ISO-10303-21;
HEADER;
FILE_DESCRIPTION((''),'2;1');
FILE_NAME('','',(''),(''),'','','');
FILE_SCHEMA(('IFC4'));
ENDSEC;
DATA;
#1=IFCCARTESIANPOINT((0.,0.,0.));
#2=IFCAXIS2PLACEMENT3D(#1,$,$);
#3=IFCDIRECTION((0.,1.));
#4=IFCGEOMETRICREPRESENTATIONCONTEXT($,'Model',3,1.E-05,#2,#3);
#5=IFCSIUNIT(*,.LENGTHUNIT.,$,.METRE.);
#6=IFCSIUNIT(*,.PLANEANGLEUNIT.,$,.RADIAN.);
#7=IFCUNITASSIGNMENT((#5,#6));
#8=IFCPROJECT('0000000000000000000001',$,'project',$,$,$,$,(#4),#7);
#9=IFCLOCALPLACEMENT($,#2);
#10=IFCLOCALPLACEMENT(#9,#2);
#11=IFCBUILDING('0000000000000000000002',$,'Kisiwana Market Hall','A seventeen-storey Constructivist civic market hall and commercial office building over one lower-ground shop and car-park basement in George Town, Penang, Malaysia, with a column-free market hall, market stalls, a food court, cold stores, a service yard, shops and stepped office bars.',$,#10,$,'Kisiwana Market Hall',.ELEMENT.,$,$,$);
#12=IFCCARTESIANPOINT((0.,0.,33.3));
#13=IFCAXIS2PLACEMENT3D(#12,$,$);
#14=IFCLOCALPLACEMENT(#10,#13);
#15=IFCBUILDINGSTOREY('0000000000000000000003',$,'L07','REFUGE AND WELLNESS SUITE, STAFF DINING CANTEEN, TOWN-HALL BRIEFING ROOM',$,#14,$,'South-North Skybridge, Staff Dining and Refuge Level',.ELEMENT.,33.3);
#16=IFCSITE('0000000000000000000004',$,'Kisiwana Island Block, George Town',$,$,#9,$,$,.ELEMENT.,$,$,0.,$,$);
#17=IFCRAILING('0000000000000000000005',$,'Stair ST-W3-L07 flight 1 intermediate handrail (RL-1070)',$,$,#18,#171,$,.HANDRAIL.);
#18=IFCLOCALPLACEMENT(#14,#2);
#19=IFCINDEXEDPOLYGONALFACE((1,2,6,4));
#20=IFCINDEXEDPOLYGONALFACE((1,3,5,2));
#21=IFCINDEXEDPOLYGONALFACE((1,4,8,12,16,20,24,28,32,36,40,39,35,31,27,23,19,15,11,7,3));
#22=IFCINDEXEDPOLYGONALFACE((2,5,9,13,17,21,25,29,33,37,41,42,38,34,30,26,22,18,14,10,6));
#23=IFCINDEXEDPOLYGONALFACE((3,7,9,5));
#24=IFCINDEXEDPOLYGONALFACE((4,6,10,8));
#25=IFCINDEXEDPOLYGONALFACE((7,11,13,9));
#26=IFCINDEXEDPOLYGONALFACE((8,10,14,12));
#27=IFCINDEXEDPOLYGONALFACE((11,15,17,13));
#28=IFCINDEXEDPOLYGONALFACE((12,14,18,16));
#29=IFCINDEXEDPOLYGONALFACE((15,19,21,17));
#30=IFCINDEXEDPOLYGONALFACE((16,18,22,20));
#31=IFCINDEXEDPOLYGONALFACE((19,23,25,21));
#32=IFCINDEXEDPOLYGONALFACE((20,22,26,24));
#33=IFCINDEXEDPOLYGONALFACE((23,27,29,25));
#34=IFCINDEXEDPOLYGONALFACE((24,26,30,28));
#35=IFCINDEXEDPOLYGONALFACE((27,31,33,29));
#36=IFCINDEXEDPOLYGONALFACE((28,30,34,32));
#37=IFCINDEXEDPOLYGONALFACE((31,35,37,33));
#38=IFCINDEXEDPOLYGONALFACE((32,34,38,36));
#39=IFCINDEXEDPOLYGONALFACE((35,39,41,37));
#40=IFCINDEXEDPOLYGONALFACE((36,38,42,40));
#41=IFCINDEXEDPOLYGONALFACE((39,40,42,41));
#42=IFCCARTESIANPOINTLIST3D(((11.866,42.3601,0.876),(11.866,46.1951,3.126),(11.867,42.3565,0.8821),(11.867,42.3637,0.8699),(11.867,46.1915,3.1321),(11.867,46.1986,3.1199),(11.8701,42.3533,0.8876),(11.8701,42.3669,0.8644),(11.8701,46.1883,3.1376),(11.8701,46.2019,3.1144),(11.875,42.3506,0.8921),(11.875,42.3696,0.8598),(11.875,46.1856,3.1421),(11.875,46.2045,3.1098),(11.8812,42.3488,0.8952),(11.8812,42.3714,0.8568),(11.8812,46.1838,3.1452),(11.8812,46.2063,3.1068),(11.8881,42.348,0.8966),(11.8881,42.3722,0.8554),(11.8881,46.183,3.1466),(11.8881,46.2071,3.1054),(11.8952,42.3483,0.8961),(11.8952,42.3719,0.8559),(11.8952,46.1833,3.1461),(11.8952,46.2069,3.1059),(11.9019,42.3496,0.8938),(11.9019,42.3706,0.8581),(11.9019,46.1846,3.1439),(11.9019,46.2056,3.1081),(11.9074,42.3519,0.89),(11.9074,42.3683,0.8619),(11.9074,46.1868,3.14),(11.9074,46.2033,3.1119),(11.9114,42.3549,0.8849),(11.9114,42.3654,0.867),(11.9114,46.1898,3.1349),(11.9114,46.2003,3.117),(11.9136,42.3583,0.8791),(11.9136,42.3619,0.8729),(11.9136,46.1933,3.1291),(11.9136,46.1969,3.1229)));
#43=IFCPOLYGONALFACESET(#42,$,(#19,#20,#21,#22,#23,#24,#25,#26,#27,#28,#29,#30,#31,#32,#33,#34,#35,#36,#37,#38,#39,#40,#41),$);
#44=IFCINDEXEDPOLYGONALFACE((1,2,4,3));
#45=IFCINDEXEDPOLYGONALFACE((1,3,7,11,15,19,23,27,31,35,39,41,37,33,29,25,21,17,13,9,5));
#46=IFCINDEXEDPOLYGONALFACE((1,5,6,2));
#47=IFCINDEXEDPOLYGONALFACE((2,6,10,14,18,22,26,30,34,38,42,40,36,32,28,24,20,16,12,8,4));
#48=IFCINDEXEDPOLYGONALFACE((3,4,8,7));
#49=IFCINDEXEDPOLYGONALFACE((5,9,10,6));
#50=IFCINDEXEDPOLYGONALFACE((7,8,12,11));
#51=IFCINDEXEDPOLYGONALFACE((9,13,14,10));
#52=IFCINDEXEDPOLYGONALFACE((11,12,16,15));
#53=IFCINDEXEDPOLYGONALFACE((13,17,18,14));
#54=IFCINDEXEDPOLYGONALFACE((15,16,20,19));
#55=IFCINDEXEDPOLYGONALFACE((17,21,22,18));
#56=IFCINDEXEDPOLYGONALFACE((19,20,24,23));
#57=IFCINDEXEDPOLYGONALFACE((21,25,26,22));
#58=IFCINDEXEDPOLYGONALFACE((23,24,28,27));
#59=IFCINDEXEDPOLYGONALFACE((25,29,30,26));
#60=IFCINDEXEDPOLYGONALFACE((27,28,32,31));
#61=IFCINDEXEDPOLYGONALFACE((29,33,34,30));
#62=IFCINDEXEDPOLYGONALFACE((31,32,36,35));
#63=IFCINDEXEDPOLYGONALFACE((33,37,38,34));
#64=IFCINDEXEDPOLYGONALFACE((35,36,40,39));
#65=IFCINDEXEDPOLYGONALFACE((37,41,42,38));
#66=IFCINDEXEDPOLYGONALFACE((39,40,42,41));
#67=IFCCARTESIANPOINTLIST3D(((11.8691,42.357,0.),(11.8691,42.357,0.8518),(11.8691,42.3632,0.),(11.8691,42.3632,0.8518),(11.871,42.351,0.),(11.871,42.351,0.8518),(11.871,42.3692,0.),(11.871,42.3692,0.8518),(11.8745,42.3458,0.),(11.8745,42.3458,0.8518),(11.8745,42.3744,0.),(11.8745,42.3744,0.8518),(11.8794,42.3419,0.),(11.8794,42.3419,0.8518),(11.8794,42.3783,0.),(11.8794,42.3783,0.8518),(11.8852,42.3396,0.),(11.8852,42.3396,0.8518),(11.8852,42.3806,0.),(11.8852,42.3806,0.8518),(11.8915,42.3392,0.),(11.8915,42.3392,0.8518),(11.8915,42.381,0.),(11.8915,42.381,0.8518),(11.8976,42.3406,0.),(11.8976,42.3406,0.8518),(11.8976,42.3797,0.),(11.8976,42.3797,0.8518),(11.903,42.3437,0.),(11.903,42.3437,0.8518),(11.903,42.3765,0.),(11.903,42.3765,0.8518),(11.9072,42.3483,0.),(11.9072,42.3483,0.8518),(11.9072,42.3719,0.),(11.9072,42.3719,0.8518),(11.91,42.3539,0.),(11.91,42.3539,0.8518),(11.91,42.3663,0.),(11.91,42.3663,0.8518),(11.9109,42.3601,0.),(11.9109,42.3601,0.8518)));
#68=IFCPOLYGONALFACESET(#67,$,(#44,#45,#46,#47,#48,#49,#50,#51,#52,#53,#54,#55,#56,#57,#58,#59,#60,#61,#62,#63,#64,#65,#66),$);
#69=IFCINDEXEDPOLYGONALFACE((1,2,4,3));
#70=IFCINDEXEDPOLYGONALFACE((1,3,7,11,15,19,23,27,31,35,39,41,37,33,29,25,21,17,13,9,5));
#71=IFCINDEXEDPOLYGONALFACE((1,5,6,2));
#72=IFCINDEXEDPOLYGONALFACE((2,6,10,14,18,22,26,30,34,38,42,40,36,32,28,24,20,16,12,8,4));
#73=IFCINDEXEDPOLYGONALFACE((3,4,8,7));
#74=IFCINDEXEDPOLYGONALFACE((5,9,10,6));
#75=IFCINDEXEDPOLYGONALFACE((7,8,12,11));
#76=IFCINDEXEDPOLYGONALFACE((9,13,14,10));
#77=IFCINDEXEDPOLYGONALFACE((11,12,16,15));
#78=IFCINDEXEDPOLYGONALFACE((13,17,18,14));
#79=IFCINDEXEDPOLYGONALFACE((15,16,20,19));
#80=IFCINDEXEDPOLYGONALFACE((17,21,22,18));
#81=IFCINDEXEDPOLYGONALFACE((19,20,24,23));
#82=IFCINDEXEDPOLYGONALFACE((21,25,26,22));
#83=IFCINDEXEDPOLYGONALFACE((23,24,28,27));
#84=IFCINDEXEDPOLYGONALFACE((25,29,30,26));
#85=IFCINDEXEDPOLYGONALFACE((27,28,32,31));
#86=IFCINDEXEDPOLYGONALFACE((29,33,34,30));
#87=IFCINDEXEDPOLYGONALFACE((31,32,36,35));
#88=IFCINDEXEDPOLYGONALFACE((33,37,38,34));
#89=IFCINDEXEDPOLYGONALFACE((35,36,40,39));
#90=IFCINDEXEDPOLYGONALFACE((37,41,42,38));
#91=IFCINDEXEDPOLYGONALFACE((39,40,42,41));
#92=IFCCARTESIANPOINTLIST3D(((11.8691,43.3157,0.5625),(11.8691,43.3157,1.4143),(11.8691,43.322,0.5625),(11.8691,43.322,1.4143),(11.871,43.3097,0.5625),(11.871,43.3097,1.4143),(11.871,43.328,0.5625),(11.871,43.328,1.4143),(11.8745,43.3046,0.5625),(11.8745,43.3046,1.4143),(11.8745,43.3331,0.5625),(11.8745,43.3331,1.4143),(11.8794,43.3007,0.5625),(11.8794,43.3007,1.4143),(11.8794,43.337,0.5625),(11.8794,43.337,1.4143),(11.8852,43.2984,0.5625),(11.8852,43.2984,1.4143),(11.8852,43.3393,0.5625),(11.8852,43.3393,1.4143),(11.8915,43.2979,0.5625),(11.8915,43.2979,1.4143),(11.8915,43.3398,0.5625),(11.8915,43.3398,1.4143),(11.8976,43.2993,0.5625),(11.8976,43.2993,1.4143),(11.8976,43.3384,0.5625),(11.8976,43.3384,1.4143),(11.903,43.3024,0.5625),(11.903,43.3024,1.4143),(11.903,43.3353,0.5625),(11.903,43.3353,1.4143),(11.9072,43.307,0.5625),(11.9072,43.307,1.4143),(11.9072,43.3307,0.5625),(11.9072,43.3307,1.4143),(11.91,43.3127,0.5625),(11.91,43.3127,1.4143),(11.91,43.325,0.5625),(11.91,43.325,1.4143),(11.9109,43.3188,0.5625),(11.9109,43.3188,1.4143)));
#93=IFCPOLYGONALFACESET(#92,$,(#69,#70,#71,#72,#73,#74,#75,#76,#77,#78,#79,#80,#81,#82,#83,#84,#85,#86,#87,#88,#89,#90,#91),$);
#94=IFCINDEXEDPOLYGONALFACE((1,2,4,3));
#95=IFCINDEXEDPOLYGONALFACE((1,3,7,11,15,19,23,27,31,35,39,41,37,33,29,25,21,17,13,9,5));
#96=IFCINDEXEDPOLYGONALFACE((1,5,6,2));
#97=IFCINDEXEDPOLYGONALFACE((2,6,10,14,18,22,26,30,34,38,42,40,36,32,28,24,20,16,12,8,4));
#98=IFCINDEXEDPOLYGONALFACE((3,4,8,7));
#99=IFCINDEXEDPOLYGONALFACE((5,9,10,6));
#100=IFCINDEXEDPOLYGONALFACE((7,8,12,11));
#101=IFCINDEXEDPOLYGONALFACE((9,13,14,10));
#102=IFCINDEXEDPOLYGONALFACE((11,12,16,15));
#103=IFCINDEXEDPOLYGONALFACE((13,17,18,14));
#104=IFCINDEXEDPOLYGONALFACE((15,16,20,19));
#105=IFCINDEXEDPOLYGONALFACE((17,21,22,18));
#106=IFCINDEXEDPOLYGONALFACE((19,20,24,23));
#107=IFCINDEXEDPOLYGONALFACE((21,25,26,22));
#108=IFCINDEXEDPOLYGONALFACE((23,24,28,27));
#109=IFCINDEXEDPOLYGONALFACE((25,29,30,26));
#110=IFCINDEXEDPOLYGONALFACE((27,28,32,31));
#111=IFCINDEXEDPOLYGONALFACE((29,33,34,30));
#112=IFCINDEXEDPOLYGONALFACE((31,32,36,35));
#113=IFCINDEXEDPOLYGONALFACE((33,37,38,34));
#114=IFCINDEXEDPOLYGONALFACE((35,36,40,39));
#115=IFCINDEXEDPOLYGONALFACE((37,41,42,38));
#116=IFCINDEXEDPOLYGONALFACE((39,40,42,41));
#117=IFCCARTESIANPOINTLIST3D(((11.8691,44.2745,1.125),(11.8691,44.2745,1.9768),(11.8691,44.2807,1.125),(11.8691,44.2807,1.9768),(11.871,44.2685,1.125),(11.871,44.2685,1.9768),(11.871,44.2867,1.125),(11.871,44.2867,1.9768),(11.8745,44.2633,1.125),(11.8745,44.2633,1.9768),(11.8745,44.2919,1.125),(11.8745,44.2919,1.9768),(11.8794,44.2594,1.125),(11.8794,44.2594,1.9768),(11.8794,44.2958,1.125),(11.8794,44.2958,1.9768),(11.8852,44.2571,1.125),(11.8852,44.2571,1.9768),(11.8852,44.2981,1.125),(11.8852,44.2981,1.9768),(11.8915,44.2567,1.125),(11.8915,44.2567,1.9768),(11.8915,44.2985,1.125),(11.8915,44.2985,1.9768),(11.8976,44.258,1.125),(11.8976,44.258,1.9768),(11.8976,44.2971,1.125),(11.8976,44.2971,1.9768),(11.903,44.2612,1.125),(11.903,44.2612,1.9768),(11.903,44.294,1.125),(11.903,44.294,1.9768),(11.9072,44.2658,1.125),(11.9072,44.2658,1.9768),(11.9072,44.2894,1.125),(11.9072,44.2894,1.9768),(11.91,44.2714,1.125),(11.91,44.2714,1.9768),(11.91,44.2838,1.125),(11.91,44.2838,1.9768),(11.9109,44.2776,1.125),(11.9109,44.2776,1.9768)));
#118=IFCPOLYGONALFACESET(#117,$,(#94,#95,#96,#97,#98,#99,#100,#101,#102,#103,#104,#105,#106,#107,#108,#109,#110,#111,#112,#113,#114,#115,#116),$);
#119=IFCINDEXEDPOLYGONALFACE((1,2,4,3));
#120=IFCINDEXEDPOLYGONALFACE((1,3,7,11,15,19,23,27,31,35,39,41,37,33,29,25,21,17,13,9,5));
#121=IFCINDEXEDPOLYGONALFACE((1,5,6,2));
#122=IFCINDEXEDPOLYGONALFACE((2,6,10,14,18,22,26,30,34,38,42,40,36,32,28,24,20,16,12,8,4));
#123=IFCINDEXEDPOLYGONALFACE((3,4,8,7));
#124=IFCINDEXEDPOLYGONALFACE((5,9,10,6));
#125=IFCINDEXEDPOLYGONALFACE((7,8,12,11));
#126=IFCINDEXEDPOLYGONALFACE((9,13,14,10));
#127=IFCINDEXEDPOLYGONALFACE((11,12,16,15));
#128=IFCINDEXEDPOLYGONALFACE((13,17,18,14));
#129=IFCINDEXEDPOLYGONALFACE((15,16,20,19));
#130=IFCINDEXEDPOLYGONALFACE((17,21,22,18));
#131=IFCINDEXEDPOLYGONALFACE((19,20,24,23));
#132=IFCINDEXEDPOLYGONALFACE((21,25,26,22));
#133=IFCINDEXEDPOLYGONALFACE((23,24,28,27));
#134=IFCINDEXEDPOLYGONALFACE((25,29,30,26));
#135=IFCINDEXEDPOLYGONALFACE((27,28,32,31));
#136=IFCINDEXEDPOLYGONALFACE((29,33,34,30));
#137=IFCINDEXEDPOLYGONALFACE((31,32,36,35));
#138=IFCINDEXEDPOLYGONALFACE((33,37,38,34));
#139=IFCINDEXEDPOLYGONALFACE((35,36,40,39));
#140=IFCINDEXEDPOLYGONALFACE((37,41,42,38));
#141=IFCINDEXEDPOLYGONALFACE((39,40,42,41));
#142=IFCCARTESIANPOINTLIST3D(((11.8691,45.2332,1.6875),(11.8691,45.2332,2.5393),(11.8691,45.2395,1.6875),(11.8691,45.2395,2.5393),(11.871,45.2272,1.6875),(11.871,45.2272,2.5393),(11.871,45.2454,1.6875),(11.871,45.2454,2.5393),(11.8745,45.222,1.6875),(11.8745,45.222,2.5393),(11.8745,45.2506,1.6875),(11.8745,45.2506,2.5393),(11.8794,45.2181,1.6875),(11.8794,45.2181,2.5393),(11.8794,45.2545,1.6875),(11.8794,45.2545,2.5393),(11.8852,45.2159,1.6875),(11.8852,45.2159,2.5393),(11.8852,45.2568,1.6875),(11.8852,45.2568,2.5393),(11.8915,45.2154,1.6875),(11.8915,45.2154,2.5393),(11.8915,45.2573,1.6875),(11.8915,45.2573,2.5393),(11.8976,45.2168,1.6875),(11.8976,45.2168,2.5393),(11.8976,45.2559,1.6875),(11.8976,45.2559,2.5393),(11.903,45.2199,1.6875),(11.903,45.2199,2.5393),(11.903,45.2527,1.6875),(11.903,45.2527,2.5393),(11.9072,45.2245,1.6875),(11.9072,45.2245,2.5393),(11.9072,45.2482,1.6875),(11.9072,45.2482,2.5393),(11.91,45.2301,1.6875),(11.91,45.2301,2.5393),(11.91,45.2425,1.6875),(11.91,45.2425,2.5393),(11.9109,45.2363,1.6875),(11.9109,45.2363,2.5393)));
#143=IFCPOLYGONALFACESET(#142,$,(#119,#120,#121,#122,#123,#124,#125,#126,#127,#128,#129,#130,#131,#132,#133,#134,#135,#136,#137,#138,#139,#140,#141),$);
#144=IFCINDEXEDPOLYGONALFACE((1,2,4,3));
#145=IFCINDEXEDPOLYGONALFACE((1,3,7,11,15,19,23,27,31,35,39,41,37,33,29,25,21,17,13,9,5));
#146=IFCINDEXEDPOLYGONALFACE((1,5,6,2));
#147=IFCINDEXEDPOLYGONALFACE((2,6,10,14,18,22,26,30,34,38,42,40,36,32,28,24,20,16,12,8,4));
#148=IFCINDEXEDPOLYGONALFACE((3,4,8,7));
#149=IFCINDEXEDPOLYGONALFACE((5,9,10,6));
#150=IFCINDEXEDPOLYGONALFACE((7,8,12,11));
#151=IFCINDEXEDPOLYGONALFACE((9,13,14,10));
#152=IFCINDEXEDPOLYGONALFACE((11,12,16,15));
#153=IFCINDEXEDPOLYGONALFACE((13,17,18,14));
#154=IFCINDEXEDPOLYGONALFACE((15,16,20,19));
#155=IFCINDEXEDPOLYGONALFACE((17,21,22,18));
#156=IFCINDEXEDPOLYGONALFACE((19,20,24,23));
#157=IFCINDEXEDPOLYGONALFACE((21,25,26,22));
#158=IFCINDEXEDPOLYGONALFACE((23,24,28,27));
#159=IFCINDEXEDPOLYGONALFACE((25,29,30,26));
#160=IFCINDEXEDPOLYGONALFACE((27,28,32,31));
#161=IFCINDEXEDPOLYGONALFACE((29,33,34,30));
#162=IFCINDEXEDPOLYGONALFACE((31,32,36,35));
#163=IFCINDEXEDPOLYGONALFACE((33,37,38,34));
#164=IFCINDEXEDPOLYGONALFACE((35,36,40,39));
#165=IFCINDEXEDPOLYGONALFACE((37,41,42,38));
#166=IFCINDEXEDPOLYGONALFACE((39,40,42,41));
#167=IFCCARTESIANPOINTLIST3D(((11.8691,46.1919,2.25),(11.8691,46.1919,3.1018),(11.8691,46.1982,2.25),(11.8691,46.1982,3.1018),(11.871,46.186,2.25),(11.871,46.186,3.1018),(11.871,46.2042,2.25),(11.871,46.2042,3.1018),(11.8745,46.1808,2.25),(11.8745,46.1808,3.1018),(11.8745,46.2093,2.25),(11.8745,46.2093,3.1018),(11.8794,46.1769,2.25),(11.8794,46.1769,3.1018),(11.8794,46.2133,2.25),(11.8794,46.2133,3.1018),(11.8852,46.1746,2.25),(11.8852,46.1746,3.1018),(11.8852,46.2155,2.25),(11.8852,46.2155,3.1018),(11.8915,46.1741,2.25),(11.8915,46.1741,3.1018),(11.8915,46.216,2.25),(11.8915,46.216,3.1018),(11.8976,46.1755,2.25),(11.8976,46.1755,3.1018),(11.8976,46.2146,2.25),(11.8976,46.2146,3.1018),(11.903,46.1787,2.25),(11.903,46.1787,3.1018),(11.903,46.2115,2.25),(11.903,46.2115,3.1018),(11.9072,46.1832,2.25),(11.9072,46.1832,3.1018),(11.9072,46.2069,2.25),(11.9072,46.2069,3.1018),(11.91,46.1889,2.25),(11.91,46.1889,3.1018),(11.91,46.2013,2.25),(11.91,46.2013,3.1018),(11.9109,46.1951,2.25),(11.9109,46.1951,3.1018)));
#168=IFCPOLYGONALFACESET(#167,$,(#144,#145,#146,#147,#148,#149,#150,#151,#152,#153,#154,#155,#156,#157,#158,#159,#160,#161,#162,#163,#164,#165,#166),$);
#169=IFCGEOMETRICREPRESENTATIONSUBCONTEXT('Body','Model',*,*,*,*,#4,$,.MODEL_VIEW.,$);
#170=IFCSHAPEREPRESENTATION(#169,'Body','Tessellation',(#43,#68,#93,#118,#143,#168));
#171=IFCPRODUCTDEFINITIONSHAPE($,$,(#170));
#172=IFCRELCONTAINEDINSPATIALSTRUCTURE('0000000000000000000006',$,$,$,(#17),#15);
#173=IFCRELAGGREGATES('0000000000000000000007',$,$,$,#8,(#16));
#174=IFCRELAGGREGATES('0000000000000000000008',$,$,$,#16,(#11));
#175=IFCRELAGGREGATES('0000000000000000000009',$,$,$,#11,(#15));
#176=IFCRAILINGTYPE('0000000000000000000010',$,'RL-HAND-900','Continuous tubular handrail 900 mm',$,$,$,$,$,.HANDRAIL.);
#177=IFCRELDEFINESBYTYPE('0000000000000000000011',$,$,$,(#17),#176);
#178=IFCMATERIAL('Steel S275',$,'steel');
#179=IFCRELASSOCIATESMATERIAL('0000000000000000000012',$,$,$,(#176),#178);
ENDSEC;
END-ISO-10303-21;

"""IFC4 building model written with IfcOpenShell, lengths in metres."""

from ifc_helpers import new_model, si_unit, direction, frame, origin, origin_2d, place, context, subcontext, project, spatial, circle, extrude, material, type_object, element, save


model = new_model("IFC4")

# Units and contexts
model_context = context("Model", 3, precision=1e-05, world=origin(), true_north=direction((0.0, 1.0)))
body_context = subcontext(model_context, "Body", "Model", "MODEL_VIEW")
ifc_project = project(units=[si_unit("LENGTHUNIT", "METRE"), si_unit("PLANEANGLEUNIT", "RADIAN")], contexts=[model_context])

# Site, building, storey
site_placement = place(None, origin())
site = spatial("IfcSite", under=ifc_project, at=site_placement, Name="Kisiwana Island Block, George Town", CompositionType="ELEMENT", RefElevation=0.0)
building_placement = place(site_placement, origin())
building = spatial("IfcBuilding", under=site, at=building_placement, Name="Kisiwana Market Hall", Description="A seventeen-storey Constructivist civic market hall and commercial office building over one lower-ground shop and car-park basement in George Town, Penang, Malaysia, with a column-free market hall, market stalls, a food court, cold stores, a service yard, shops and stepped office bars.", LongName="Kisiwana Market Hall", CompositionType="ELEMENT")
storey_placement = place(building_placement, frame((0.0, 0.0, 33.3)))
storey = spatial("IfcBuildingStorey", under=building, at=storey_placement, Name="L07", Description="REFUGE AND WELLNESS SUITE, STAFF DINING CANTEEN, TOWN-HALL BRIEFING ROOM", LongName="South-North Skybridge, Staff Dining and Refuge Level", CompositionType="ELEMENT", Elevation=33.3)

# Railing
ifc_material_1 = material(Name="Steel S275", Category="steel")
railing_type_1 = type_object("IfcRailingType", Name="RL-HAND-900", Description="Continuous tubular handrail 900 mm", PredefinedType="HANDRAIL", material=ifc_material_1)
for number, where, name in (
    (1, (11.8899, 42.3601, 0.0), "Stair ST-W3-L07 flight 1 intermediate handrail (RL-1070)"),
):
    element("IfcRailing", number, at=place(storey_placement, frame(where)), inside=storey, type_object=railing_type_1, Name=name, PredefinedType="HANDRAIL", context=body_context, shape_type="SweptSolid", body=[
        extrude(circle(Radius=0.0239, at=origin_2d()), frame((0.0, 0.0, 0.876), z_axis=(0.0, 0.86251, 0.506041), x_axis=(-1.0, 0.0, 0.0)), (0.0, 0.0, 1.0), 4.4463),
        extrude(circle(Radius=0.021, at=origin_2d()), origin(), (0.0, 0.0, 1.0), 0.8518),
        extrude(circle(Radius=0.021, at=origin_2d()), frame((0.0, 0.9587, 0.5625)), (0.0, 0.0, 1.0), 0.8518),
        extrude(circle(Radius=0.021, at=origin_2d()), frame((0.0, 1.9175, 1.125)), (0.0, 0.0, 1.0), 0.8518),
        extrude(circle(Radius=0.021, at=origin_2d()), frame((0.0, 2.8762, 1.6875)), (0.0, 0.0, 1.0), 0.8518),
        extrude(circle(Radius=0.021, at=origin_2d()), frame((0.0, 3.835, 2.25)), (0.0, 0.0, 1.0), 0.8518),
    ])

save(model, "model.ifc")
